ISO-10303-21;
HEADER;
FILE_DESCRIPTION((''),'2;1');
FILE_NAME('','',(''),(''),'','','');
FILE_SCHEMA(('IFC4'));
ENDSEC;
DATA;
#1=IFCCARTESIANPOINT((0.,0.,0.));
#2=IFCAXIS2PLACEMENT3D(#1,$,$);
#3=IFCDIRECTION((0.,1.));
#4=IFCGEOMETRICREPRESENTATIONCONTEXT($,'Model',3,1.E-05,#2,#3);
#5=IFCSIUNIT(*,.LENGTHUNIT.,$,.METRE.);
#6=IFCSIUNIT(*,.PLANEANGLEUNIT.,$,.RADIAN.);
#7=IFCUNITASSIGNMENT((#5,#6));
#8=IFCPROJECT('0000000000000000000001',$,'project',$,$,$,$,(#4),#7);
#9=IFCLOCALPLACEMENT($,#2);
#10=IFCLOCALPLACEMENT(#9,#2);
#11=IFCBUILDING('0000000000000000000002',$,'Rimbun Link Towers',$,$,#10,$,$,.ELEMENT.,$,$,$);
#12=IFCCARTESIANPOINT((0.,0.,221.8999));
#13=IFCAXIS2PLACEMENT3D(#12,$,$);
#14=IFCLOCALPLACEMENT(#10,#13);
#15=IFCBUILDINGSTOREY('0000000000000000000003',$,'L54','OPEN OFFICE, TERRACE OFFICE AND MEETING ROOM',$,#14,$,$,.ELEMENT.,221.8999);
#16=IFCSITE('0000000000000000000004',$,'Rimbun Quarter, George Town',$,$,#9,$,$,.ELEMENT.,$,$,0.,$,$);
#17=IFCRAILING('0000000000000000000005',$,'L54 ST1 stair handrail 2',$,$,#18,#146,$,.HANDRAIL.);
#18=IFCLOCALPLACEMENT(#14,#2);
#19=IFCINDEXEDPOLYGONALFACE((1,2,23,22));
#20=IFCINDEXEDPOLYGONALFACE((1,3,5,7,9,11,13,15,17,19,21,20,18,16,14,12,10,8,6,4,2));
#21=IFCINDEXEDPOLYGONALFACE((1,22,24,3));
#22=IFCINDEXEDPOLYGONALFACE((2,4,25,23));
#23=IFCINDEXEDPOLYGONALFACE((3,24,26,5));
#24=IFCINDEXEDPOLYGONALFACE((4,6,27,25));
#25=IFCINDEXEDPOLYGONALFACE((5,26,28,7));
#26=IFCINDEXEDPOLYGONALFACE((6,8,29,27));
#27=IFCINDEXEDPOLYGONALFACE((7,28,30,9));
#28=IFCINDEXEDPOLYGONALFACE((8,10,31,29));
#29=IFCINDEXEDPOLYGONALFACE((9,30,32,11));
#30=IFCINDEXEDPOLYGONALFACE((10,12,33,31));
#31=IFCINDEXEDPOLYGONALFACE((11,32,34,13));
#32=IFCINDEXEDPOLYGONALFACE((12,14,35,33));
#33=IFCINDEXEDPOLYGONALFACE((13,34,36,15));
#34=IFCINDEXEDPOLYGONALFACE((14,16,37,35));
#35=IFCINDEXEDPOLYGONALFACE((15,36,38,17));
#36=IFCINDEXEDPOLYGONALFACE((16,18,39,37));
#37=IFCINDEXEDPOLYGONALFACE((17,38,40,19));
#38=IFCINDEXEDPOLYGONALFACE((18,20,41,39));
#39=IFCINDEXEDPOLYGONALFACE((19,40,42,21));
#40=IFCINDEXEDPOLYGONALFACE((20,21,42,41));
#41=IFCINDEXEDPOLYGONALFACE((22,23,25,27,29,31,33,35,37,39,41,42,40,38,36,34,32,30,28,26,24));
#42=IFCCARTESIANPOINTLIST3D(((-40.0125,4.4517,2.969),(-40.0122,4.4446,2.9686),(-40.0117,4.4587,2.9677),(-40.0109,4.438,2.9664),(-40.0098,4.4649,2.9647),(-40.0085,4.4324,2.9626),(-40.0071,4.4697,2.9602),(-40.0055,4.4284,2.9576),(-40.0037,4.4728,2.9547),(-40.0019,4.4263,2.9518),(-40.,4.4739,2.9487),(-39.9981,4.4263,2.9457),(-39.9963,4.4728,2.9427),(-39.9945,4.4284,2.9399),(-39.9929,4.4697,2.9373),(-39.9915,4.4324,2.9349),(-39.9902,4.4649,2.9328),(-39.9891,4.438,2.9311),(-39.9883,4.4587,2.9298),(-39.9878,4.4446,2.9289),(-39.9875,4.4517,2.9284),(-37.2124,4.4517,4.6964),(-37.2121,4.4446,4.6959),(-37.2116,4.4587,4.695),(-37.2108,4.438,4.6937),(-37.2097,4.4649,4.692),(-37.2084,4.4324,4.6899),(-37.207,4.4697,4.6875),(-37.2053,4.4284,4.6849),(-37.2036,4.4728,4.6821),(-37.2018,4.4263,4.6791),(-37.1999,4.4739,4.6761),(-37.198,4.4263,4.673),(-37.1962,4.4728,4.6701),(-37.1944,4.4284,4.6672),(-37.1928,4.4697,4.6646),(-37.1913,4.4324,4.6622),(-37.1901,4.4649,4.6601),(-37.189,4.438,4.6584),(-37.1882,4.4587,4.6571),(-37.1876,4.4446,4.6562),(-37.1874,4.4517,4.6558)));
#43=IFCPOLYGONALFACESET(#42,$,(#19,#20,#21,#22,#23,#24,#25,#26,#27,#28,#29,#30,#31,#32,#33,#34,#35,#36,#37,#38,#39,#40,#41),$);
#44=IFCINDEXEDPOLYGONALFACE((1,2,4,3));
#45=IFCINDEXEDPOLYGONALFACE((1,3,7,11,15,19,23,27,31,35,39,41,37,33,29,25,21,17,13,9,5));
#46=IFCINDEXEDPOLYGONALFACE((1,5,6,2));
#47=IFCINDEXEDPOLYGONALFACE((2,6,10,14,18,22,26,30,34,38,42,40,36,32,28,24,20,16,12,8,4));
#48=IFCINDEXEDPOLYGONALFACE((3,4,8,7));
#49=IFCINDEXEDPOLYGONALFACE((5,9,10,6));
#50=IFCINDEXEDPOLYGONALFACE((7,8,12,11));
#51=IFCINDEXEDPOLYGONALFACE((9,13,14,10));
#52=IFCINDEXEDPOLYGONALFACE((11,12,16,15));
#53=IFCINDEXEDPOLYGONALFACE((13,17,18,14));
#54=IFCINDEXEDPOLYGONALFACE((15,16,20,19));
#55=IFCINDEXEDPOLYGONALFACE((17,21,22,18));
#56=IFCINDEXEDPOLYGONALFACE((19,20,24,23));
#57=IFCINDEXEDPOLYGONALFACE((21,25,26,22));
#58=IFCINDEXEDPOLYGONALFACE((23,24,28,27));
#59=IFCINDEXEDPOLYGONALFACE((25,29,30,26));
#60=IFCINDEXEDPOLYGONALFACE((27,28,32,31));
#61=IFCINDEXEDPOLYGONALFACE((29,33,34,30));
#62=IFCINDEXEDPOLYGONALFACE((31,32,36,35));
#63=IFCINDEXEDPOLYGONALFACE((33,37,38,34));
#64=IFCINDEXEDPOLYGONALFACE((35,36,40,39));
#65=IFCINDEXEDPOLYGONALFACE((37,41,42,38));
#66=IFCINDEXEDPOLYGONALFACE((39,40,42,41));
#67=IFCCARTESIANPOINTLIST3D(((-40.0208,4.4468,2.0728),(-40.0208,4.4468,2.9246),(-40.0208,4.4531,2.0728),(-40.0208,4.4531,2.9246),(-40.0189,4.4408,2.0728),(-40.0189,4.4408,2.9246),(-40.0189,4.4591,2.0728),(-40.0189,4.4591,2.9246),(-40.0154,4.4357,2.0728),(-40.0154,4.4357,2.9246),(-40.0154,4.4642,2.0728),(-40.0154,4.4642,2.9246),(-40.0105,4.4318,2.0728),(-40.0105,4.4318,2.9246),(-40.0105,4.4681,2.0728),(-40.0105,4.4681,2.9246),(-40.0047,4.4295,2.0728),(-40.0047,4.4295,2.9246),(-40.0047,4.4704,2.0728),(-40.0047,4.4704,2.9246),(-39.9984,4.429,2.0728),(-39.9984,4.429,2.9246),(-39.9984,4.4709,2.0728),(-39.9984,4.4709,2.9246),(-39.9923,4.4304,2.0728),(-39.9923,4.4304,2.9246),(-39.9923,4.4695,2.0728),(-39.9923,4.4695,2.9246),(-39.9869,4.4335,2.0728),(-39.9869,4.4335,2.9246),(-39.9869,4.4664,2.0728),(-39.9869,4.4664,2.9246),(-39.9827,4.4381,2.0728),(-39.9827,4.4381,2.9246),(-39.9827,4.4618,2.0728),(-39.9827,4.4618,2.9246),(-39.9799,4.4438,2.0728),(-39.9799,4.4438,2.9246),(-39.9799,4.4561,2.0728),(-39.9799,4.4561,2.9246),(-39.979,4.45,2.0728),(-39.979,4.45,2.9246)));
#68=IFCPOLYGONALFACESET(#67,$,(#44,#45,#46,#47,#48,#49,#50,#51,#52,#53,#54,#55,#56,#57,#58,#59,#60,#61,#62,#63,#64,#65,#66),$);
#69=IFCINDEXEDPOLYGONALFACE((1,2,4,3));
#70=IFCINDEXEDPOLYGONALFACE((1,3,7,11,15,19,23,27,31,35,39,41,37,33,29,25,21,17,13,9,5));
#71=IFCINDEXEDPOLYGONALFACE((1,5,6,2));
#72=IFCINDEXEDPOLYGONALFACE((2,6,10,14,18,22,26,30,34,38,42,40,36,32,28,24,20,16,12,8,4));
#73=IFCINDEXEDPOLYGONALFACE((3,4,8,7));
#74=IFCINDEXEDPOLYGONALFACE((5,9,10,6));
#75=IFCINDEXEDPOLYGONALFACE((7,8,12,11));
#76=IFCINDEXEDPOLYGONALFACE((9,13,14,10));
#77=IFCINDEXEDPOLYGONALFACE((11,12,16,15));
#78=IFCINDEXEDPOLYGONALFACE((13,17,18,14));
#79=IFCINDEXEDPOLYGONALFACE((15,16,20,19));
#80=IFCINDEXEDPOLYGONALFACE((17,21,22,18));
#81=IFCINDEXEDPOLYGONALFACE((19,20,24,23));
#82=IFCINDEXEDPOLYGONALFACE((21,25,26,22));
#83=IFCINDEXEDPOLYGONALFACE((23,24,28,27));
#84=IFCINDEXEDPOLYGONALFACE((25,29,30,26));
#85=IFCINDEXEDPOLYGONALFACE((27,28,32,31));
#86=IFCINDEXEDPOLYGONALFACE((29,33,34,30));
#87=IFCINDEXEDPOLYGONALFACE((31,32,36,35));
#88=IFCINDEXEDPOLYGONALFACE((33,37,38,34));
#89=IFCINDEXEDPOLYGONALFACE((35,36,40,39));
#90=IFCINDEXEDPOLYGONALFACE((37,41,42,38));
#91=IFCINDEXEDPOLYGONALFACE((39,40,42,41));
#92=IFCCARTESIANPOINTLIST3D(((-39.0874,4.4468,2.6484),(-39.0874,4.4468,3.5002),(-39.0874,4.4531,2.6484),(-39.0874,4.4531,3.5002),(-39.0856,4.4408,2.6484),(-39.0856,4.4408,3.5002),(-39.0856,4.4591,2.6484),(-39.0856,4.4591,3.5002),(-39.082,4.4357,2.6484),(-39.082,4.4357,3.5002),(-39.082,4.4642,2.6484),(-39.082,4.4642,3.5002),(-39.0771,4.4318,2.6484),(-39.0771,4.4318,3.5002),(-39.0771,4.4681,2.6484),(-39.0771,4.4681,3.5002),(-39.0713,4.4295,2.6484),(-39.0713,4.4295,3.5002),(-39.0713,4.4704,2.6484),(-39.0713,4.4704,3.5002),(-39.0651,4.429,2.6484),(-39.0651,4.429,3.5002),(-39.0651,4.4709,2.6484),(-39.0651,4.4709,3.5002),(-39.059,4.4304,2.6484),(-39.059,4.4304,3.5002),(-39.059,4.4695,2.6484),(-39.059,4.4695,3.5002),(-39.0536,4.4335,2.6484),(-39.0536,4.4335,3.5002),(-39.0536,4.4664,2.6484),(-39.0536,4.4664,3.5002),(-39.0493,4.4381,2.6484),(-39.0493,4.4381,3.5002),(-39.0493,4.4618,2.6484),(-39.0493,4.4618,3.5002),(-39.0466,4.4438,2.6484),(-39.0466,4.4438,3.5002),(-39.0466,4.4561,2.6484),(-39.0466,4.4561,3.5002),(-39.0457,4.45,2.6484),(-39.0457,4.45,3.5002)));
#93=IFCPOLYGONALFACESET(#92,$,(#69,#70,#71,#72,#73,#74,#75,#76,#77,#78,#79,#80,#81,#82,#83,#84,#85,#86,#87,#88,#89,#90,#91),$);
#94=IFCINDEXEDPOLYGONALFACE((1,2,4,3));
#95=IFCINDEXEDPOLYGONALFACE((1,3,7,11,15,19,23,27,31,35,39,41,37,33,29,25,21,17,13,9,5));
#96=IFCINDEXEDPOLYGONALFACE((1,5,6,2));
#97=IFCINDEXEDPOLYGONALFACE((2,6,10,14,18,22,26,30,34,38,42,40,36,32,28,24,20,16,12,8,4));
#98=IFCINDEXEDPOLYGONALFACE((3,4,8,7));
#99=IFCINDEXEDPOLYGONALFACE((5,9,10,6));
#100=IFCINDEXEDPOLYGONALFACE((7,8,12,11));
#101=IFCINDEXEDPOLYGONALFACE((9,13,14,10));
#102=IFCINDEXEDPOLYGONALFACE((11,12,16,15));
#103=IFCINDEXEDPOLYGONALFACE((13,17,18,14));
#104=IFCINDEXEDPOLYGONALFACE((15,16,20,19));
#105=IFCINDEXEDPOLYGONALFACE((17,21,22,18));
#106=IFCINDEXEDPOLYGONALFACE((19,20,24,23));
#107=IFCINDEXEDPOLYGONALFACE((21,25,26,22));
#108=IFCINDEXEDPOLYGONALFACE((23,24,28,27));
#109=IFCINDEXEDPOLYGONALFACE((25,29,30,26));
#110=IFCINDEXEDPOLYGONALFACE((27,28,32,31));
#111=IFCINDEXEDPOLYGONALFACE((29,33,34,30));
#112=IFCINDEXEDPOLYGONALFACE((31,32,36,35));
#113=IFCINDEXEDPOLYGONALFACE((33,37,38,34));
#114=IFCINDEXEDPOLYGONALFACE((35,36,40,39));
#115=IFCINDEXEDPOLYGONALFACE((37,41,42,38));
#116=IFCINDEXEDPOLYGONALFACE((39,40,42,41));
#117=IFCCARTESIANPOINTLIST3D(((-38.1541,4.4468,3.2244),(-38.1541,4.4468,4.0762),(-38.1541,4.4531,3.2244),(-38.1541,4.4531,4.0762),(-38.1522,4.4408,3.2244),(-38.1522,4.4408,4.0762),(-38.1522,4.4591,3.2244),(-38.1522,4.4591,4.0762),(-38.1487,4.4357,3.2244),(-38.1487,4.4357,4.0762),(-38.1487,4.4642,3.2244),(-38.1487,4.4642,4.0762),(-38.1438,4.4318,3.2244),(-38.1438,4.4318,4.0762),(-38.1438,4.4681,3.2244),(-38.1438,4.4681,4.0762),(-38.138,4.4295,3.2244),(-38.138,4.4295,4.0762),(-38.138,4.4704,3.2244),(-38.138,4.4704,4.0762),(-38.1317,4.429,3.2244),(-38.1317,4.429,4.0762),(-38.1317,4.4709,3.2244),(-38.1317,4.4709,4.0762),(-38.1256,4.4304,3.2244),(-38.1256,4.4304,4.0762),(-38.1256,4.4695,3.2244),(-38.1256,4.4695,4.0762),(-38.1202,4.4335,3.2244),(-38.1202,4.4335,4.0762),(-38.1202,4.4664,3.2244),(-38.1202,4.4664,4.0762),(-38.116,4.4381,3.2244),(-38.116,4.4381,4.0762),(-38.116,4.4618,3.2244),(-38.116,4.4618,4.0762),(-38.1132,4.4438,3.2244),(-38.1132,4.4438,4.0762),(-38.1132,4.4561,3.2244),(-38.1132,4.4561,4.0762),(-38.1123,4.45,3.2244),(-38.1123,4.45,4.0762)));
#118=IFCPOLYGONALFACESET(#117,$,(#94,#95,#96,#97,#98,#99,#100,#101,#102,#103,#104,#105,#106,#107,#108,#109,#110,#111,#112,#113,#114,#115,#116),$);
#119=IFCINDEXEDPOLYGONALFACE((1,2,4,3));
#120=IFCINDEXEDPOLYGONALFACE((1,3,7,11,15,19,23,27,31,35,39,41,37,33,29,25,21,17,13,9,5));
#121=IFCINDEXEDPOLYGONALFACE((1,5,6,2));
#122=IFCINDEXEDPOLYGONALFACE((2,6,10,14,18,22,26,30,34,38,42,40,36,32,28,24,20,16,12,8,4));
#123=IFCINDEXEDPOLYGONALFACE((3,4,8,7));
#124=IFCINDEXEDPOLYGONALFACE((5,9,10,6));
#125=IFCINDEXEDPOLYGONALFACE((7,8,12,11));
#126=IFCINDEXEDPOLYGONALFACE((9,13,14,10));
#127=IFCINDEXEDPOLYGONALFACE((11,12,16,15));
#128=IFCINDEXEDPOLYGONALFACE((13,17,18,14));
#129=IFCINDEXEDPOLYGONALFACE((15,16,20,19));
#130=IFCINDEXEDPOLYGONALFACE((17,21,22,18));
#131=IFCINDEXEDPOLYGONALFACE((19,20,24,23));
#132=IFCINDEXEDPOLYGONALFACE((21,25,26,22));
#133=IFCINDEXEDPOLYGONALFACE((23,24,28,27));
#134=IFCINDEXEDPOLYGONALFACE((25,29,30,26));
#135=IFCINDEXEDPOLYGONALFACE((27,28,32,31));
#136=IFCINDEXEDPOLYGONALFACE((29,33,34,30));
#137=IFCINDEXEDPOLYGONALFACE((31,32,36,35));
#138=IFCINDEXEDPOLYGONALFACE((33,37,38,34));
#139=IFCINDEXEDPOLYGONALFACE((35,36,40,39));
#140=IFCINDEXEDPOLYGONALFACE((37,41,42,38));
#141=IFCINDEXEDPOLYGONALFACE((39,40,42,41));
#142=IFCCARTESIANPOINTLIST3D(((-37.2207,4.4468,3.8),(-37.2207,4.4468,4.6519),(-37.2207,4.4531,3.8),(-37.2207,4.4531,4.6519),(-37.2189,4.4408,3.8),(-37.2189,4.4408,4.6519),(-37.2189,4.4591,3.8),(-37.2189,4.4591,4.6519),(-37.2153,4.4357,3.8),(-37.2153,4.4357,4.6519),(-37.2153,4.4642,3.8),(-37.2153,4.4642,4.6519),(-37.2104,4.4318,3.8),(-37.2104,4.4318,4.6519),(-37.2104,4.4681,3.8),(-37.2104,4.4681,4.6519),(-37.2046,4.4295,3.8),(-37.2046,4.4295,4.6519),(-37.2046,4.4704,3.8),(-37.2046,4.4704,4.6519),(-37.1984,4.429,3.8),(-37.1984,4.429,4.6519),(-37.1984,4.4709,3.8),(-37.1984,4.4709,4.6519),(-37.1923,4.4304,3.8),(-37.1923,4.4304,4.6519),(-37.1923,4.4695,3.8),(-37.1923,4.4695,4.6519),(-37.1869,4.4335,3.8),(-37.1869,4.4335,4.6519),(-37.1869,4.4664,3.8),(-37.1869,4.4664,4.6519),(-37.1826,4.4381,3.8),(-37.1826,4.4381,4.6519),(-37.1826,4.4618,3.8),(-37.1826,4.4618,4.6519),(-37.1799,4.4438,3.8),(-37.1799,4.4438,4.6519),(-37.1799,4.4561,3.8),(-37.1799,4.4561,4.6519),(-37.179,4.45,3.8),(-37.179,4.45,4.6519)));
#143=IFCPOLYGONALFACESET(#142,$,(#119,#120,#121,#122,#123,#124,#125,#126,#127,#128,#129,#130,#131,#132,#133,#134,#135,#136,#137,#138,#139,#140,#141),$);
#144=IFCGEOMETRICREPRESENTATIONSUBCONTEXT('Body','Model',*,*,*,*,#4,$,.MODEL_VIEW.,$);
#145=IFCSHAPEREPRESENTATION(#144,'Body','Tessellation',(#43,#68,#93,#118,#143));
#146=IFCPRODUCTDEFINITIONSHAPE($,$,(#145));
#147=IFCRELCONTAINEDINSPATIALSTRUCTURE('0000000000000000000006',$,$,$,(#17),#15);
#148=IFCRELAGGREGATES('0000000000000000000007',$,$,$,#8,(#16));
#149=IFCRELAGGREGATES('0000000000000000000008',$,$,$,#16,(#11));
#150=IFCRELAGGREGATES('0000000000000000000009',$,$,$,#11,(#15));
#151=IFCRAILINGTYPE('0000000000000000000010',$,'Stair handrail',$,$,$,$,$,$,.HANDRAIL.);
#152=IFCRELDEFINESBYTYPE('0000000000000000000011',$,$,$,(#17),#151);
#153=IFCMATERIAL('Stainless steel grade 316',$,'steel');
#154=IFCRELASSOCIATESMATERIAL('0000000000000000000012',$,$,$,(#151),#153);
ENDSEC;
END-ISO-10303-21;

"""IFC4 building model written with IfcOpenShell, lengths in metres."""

from ifc_helpers import new_model, si_unit, direction, frame, origin, origin_2d, place, context, subcontext, project, spatial, circle, extrude, material, type_object, element, save


model = new_model("IFC4")

# Units and contexts
model_context = context("Model", 3, precision=1e-05, world=origin(), true_north=direction((0.0, 1.0)))
body_context = subcontext(model_context, "Body", "Model", "MODEL_VIEW")
ifc_project = project(units=[si_unit("LENGTHUNIT", "METRE"), si_unit("PLANEANGLEUNIT", "RADIAN")], contexts=[model_context])

# Site, building, storey
site_placement = place(None, origin())
site = spatial("IfcSite", under=ifc_project, at=site_placement, Name="Rimbun Quarter, George Town", CompositionType="ELEMENT", RefElevation=0.0)
building_placement = place(site_placement, origin())
building = spatial("IfcBuilding", under=site, at=building_placement, Name="Rimbun Link Towers", CompositionType="ELEMENT")
storey_placement = place(building_placement, frame((0.0, 0.0, 221.8999)))
storey = spatial("IfcBuildingStorey", under=building, at=storey_placement, Name="L54", Description="OPEN OFFICE, TERRACE OFFICE AND MEETING ROOM", CompositionType="ELEMENT", Elevation=221.8999)

# Railing
ifc_material_1 = material(Name="Stainless steel grade 316", Category="steel")
railing_type_1 = type_object("IfcRailingType", Name="Stair handrail", PredefinedType="HANDRAIL", material=ifc_material_1)
railing_1_placement = place(storey_placement, frame((-40.0, 4.45, 2.0728)))
element("IfcRailing", 1, at=railing_1_placement, inside=storey, type_object=railing_type_1, Name="L54 ST1 stair handrail 2", PredefinedType="HANDRAIL", context=body_context, shape_type="SweptSolid", body=[
    extrude(circle(Radius=0.0239, at=origin_2d()), frame((0.0, 0.0, 0.876), z_axis=(0.85109, 0.0, 0.52502), x_axis=(0.0, 1.0, 0.0)), (0.0, 0.0, 1.0), 3.29),
    extrude(circle(Radius=0.021, at=origin_2d()), origin(), (0.0, 0.0, 1.0), 0.8518),
    extrude(circle(Radius=0.021, at=origin_2d()), frame((0.9333, 0.0, 0.5757)), (0.0, 0.0, 1.0), 0.8518),
    extrude(circle(Radius=0.021, at=origin_2d()), frame((1.8667, 0.0, 1.1516)), (0.0, 0.0, 1.0), 0.8518),
    extrude(circle(Radius=0.021, at=origin_2d()), frame((2.8, 0.0, 1.7273)), (0.0, 0.0, 1.0), 0.8518),
])

save(model, "model.ifc")
